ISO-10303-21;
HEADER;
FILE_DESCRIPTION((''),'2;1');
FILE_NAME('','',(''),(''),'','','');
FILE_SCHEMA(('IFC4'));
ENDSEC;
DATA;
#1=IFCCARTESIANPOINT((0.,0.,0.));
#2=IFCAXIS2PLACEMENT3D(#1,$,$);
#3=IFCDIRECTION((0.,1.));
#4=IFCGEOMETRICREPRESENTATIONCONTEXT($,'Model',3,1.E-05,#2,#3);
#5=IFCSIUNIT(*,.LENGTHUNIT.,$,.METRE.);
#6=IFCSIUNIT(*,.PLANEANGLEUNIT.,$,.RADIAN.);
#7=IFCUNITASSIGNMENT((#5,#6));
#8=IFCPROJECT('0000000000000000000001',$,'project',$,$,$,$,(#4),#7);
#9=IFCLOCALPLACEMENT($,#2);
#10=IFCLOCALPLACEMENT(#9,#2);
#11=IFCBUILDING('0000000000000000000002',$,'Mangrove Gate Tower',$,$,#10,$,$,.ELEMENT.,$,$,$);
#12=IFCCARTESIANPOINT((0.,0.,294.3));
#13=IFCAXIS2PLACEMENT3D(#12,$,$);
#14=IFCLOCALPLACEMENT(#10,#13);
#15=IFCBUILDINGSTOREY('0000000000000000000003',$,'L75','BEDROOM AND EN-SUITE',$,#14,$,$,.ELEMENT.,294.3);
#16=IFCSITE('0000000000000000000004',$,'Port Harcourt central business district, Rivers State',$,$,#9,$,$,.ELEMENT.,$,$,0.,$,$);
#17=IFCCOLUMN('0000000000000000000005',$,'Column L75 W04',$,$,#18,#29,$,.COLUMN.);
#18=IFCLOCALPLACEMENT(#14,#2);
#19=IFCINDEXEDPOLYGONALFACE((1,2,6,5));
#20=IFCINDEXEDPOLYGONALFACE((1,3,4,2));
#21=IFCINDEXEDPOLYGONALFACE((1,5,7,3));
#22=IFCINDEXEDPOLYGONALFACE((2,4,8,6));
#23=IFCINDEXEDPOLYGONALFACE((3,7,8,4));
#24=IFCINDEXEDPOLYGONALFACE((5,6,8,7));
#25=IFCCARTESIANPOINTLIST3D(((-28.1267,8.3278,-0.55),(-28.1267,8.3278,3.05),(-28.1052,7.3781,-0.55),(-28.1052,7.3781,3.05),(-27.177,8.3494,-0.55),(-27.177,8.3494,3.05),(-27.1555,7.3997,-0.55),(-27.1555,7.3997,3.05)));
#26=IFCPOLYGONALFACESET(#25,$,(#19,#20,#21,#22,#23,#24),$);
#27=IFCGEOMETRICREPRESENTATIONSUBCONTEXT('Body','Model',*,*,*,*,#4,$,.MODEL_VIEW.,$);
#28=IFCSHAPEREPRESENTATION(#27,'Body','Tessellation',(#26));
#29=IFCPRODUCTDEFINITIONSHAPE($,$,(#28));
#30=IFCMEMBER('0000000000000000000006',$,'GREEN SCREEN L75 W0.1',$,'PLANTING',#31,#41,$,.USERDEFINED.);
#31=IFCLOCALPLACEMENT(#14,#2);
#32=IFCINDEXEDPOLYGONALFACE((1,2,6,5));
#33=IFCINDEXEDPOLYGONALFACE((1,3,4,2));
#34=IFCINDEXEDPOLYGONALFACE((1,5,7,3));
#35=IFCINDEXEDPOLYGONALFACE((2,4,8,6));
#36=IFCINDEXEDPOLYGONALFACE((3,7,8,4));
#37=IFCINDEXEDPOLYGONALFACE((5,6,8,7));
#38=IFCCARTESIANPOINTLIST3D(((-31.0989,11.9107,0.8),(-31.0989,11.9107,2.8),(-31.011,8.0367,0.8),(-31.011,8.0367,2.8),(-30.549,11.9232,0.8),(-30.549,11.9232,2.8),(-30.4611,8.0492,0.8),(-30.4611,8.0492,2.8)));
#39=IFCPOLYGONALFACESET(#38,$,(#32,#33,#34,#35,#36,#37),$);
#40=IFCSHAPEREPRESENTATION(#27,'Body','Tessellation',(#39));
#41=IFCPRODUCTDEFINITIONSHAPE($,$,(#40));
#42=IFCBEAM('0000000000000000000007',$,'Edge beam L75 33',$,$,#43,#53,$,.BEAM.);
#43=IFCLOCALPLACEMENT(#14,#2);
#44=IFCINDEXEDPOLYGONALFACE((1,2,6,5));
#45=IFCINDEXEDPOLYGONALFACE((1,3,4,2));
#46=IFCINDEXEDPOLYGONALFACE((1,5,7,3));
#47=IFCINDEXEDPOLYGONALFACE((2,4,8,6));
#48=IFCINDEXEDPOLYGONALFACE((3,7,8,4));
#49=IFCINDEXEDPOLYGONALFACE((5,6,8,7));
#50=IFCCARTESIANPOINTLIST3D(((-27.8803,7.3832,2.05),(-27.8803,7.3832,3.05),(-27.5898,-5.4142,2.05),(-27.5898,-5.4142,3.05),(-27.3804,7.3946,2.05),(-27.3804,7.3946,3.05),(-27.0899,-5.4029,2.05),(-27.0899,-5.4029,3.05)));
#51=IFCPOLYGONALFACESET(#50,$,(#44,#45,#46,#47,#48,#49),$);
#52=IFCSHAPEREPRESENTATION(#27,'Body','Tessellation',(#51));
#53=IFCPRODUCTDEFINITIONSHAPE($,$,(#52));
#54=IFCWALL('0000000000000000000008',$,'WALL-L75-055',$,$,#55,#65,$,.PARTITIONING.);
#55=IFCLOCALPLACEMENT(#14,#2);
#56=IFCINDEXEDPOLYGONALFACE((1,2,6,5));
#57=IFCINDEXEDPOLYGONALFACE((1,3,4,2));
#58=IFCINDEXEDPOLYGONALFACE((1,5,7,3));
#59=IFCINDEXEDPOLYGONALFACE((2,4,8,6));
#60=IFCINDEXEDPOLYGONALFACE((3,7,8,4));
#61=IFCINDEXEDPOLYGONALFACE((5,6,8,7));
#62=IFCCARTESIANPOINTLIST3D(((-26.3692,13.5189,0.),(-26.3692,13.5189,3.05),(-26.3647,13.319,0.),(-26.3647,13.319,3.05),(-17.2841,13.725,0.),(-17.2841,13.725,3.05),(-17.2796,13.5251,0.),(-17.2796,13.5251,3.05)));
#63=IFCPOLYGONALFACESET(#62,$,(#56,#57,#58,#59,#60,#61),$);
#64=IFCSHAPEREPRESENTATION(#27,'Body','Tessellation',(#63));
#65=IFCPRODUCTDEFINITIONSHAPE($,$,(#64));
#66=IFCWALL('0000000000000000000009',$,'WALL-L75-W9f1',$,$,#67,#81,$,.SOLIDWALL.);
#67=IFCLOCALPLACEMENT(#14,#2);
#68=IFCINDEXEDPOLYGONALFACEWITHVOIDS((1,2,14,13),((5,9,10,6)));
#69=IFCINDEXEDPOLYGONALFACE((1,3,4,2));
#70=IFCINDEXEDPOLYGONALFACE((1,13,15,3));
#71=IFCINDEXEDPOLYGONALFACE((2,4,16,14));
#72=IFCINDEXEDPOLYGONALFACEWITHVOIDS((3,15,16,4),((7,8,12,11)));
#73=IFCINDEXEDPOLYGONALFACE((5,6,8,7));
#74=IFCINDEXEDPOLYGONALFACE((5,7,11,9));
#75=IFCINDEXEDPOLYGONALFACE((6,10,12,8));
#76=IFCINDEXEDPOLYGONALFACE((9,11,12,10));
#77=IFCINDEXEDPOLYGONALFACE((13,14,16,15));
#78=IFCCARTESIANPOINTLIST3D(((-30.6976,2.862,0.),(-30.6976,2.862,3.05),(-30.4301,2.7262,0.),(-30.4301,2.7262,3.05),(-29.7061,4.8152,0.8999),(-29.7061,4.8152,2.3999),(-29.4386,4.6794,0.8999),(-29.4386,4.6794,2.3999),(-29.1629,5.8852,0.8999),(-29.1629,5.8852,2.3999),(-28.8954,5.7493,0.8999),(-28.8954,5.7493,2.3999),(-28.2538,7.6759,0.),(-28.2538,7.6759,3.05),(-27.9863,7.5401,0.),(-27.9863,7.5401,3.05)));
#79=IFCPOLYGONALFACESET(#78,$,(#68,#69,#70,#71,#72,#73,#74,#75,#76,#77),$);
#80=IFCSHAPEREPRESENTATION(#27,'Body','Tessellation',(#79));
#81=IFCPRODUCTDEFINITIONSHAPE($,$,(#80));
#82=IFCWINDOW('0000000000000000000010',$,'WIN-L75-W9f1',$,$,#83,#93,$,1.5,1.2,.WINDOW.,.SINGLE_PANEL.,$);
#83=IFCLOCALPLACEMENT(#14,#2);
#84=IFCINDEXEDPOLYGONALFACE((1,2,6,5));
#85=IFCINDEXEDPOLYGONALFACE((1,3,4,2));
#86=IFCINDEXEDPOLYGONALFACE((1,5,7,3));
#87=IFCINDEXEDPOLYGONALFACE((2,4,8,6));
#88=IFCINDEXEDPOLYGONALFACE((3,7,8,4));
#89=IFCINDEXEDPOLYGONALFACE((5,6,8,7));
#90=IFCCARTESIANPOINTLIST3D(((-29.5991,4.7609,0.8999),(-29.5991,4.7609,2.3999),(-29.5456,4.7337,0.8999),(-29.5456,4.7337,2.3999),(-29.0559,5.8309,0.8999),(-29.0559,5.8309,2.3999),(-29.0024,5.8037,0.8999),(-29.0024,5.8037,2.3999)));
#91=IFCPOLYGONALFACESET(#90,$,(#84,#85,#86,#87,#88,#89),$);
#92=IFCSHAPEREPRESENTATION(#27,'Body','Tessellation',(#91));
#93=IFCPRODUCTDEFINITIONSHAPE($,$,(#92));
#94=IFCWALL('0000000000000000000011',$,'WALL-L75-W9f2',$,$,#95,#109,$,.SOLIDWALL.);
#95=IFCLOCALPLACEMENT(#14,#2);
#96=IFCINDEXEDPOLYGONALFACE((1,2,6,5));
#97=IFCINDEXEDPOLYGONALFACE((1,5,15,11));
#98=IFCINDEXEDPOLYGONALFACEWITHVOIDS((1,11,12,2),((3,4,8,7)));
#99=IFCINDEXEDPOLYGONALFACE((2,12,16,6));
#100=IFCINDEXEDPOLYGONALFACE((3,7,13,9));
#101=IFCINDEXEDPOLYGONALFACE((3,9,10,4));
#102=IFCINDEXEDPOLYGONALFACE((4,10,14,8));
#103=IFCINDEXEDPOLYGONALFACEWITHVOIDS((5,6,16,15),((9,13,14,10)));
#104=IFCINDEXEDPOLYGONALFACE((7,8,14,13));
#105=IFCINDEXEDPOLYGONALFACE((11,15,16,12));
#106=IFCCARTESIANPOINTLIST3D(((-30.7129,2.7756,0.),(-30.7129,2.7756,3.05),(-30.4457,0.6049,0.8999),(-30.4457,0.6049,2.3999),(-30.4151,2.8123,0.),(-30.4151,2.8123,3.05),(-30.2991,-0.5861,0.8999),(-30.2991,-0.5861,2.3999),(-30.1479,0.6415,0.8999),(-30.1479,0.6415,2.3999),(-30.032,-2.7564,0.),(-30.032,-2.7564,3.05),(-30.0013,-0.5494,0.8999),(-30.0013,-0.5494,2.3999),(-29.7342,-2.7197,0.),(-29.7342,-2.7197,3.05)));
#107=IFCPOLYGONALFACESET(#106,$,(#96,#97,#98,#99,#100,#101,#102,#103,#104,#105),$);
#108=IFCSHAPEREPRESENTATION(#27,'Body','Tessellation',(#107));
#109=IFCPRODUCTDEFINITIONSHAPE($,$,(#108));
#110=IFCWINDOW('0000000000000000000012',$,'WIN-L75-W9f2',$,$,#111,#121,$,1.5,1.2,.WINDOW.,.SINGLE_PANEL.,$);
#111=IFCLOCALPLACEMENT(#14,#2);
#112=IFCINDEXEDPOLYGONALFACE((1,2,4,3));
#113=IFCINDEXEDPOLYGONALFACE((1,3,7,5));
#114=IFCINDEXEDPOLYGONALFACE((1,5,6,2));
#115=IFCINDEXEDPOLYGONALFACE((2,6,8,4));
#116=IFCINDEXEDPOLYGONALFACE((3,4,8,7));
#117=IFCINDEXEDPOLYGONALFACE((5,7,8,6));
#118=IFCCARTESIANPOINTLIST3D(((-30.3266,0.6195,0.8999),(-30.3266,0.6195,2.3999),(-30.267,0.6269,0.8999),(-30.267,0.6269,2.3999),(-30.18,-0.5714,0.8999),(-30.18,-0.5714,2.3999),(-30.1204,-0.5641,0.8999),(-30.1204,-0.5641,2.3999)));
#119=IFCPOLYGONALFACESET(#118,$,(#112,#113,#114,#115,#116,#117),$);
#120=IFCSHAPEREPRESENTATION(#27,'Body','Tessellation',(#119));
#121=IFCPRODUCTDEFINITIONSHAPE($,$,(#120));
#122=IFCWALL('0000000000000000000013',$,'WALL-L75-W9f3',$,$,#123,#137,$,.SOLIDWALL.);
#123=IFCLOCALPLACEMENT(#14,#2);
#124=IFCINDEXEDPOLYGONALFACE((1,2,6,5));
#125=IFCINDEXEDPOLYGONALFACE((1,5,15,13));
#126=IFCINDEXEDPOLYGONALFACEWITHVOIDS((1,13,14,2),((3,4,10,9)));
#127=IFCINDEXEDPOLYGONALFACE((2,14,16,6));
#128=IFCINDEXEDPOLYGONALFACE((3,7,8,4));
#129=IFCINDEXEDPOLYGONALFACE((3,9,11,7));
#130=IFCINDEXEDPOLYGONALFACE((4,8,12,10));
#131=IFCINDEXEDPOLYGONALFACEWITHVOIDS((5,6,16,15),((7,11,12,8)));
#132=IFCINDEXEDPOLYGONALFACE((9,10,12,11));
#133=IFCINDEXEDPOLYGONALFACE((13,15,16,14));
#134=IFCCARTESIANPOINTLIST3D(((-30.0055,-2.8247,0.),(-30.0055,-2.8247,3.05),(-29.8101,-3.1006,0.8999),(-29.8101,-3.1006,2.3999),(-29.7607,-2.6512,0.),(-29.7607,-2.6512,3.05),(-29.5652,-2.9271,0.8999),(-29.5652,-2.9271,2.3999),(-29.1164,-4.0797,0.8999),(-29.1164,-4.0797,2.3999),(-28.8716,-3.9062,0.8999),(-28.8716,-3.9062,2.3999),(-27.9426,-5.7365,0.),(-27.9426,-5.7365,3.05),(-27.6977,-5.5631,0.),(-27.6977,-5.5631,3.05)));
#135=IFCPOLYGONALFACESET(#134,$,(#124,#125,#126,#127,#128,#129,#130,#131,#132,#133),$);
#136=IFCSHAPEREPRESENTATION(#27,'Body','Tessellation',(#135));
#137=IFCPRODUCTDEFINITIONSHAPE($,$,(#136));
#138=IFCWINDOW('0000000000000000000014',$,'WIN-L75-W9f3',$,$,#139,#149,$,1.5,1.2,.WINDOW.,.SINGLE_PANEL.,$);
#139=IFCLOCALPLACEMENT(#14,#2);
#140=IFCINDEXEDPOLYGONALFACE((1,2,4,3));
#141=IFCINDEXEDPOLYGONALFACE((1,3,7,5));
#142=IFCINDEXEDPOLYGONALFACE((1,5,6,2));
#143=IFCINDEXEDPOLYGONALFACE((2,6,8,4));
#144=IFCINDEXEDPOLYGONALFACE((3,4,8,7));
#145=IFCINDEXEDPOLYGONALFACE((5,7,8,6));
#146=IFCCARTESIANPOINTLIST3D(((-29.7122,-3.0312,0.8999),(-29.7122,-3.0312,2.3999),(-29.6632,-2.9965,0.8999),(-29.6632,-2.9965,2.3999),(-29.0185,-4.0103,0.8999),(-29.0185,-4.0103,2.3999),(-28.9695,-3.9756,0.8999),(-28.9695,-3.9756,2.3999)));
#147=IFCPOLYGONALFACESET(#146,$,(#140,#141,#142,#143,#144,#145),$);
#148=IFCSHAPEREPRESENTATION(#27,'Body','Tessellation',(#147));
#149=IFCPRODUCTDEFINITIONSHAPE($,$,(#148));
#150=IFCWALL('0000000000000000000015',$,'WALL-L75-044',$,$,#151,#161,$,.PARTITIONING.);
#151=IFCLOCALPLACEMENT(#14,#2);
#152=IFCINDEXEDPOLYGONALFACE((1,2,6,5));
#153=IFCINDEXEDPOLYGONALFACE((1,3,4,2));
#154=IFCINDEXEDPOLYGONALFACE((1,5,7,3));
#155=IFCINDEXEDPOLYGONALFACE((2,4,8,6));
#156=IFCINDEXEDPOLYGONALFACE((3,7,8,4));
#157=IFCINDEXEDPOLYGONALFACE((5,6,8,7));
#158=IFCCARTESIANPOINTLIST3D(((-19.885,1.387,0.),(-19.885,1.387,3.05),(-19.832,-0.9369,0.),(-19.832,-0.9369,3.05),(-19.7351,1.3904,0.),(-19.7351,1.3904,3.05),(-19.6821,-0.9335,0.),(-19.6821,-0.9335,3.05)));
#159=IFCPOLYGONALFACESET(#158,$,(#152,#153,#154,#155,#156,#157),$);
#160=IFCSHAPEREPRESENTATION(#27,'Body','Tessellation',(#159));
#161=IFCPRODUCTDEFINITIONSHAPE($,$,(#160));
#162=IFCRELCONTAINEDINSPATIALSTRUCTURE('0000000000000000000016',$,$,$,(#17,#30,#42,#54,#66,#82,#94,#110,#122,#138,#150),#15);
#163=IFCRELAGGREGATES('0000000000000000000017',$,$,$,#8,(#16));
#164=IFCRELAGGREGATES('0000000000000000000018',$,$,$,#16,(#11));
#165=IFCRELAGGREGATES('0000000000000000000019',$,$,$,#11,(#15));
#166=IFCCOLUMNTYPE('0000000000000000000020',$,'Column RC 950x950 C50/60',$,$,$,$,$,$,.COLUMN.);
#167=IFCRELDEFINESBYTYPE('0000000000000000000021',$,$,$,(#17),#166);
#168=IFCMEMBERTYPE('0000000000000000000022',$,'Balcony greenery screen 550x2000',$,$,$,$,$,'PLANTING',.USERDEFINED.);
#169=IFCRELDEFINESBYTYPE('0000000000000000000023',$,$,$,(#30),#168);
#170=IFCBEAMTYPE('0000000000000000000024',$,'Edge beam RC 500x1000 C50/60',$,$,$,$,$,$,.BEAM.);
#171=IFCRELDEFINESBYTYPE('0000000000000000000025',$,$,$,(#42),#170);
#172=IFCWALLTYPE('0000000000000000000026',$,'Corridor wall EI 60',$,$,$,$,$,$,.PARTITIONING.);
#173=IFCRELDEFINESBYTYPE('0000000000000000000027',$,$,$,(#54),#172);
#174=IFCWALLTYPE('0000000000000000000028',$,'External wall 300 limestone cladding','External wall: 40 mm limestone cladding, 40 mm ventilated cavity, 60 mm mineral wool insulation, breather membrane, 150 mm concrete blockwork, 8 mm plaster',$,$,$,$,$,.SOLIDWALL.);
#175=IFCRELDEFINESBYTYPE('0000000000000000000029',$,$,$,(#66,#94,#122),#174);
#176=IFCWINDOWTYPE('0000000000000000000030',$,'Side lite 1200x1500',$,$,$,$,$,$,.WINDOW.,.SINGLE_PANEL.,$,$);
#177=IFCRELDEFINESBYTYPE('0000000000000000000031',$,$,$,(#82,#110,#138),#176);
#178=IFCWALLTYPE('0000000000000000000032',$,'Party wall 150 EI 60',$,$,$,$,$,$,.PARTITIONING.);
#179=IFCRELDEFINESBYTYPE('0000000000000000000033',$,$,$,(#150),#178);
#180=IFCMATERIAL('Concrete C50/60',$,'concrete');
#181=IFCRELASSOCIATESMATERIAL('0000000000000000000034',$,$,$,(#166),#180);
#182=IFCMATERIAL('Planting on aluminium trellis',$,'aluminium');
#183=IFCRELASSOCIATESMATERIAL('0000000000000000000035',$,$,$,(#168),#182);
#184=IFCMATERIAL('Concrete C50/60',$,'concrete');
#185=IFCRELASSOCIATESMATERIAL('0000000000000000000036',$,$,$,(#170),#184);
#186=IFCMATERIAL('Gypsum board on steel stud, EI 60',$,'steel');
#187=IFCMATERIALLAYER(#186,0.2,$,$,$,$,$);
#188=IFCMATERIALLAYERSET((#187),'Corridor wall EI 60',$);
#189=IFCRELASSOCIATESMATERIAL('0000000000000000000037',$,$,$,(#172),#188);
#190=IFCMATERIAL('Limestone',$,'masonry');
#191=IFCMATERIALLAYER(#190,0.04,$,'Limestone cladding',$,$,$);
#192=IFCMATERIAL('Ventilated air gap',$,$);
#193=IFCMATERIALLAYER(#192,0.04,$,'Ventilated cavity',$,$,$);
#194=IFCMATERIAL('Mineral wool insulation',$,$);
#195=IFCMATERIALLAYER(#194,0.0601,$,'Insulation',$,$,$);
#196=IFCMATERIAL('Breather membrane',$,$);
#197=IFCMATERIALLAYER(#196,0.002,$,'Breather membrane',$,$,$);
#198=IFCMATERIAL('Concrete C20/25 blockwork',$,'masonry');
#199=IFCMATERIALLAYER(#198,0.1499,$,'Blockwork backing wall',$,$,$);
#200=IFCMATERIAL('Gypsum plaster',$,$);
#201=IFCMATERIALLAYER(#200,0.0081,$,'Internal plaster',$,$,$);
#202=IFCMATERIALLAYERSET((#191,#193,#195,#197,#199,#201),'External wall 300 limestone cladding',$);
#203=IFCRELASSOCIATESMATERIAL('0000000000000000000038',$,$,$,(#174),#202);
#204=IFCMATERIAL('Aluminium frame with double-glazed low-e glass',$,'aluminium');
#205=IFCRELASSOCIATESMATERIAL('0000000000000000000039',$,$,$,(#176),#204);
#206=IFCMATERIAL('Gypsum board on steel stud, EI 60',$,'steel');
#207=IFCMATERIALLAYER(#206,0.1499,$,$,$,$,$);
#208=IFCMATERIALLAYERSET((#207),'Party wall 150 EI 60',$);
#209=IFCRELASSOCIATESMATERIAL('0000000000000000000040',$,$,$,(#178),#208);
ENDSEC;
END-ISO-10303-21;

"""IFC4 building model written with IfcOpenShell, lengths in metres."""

from ifc_helpers import new_model, si_unit, direction, frame, frame_2d, origin, origin_2d, place, context, subcontext, project, spatial, rectangle, extrude, material, layer, layer_set, material_profile, profile_set, type_object, element, fill, save


model = new_model("IFC4")

# Units and contexts
model_context = context("Model", 3, precision=1e-05, world=origin(), true_north=direction((0.0, 1.0)))
body_context = subcontext(model_context, "Body", "Model", "MODEL_VIEW")
ifc_project = project(units=[si_unit("LENGTHUNIT", "METRE"), si_unit("PLANEANGLEUNIT", "RADIAN")], contexts=[model_context])

# Site, building, storey
site_placement = place(None, origin())
site = spatial("IfcSite", under=ifc_project, at=site_placement, Name="Port Harcourt central business district, Rivers State", CompositionType="ELEMENT", RefElevation=0.0)
building_placement = place(site_placement, origin())
building = spatial("IfcBuilding", under=site, at=building_placement, Name="Mangrove Gate Tower", CompositionType="ELEMENT")
storey_placement = place(building_placement, frame((0.0, 0.0, 294.3)))
storey = spatial("IfcBuildingStorey", under=building, at=storey_placement, Name="L75", Description="BEDROOM AND EN-SUITE", CompositionType="ELEMENT", Elevation=294.3)

# Column
ifc_material_1 = material(Name="Concrete C50/60", Category="concrete")
ifc_material_profile_1 = material_profile(ifc_material_1, rectangle(XDim=0.95, YDim=0.95, at=origin_2d()))
ifc_profile_set_1 = profile_set([ifc_material_profile_1], Name="Concrete C50/60")
column_type = type_object("IfcColumnType", Name="Column RC 950x950 C50/60", PredefinedType="COLUMN", material=ifc_profile_set_1)
column_placement = place(storey_placement, frame((-27.6411, 7.8638, -0.55), z_axis=(0.0, 0.0, 1.0), x_axis=(0.022688, -0.999743, 0.0)))
element("IfcColumn", 1, at=column_placement, inside=storey, type_object=column_type, Name="Column L75 W04", PredefinedType="COLUMN", context=body_context, shape_type="SweptSolid", body=[
    extrude(rectangle(XDim=0.95, YDim=0.95, at=origin_2d()), origin(), (0.0, 0.0, 1.0), 3.6001),
])

# Member
ifc_material_2 = material(Name="Planting on aluminium trellis", Category="aluminium")
ifc_material_profile_2 = material_profile(ifc_material_2, rectangle(XDim=0.55, YDim=2.0, at=origin_2d()))
ifc_profile_set_2 = profile_set([ifc_material_profile_2], Name="Planting on aluminium trellis")
member_type = type_object("IfcMemberType", Name="Balcony greenery screen 550x2000", ElementType="PLANTING", PredefinedType="USERDEFINED", material=ifc_profile_set_2)
member_placement = place(storey_placement, frame((-30.7361, 8.043, 1.8), z_axis=(-0.022681, 0.999743, 0.0), x_axis=(-0.999743, -0.022681, 0.0)))
element("IfcMember", 2, at=member_placement, inside=storey, type_object=member_type, Name="GREEN SCREEN L75 W0.1", ObjectType="PLANTING", PredefinedType="USERDEFINED", context=body_context, shape_type="SweptSolid", body=[
    extrude(rectangle(XDim=0.55, YDim=2.0, at=origin_2d()), origin(), (0.0, 0.0, 1.0), 3.875),
])

# Beam
ifc_material_3 = material(Name="Concrete C50/60", Category="concrete")
ifc_material_profile_3 = material_profile(ifc_material_3, rectangle(XDim=0.5, YDim=1.0, at=origin_2d()))
ifc_profile_set_3 = profile_set([ifc_material_profile_3], Name="Concrete C50/60")
beam_type = type_object("IfcBeamType", Name="Edge beam RC 500x1000 C50/60", PredefinedType="BEAM", material=ifc_profile_set_3)
beam_placement = place(storey_placement, frame((-27.6304, 7.3889, 2.55), z_axis=(0.022696, -0.999742, 0.0), x_axis=(0.999742, 0.022696, 0.0)))
element("IfcBeam", 3, at=beam_placement, inside=storey, type_object=beam_type, Name="Edge beam L75 33", PredefinedType="BEAM", context=body_context, shape_type="SweptSolid", body=[
    extrude(rectangle(XDim=0.5, YDim=1.0, at=origin_2d()), origin(), (0.0, 0.0, 1.0), 12.8008),
])

# Wall
ifc_material_4 = material(Name="Gypsum board on steel stud, EI 60", Category="steel")
ifc_layer_1 = layer(ifc_material_4, 0.2)
ifc_layer_set_1 = layer_set([ifc_layer_1], Name="Corridor wall EI 60")
wall_type_1 = type_object("IfcWallType", Name="Corridor wall EI 60", PredefinedType="PARTITIONING", material=ifc_layer_set_1)
wall_1_placement = place(storey_placement, frame((-26.3669, 13.4189, 0.0), z_axis=(0.0, 0.0, 1.0), x_axis=(0.999743, 0.022675, 0.0)))
element("IfcWall", 4, at=wall_1_placement, inside=storey, type_object=wall_type_1, Name="WALL-L75-055", PredefinedType="PARTITIONING", context=body_context, shape_type="SweptSolid", body=[
    extrude(rectangle(XDim=9.0874, YDim=0.2, at=frame_2d((4.5437, 0.0))), origin(), (0.0, 0.0, 1.0), 3.05),
])

# Walls, openings, windows
ifc_material_5 = material(Name="Limestone", Category="masonry")
ifc_layer_2 = layer(ifc_material_5, 0.04, Name="Limestone cladding")
ifc_material_6 = material(Name="Ventilated air gap")
ifc_layer_3 = layer(ifc_material_6, 0.04, Name="Ventilated cavity")
ifc_material_7 = material(Name="Mineral wool insulation")
ifc_layer_4 = layer(ifc_material_7, 0.0601, Name="Insulation")
ifc_material_8 = material(Name="Breather membrane")
ifc_layer_5 = layer(ifc_material_8, 0.002, Name="Breather membrane")
ifc_material_9 = material(Name="Concrete C20/25 blockwork", Category="masonry")
ifc_layer_6 = layer(ifc_material_9, 0.1499, Name="Blockwork backing wall")
ifc_material_10 = material(Name="Gypsum plaster")
ifc_layer_7 = layer(ifc_material_10, 0.0081, Name="Internal plaster")
ifc_layer_set_2 = layer_set([ifc_layer_2, ifc_layer_3, ifc_layer_4, ifc_layer_5, ifc_layer_6, ifc_layer_7], Name="External wall 300 limestone cladding")
wall_type_2 = type_object("IfcWallType", Name="External wall 300 limestone cladding", Description="External wall: 40 mm limestone cladding, 40 mm ventilated cavity, 60 mm mineral wool insulation, breather membrane, 150 mm concrete blockwork, 8 mm plaster", PredefinedType="SOLIDWALL", material=ifc_layer_set_2)
wall_2_placement = place(storey_placement, frame((-28.1201, 7.6079, 0.0), z_axis=(0.0, 0.0, 1.0), x_axis=(-0.452668, -0.891679, 0.0)))
wall_2 = element("IfcWall", 5, at=wall_2_placement, inside=storey, type_object=wall_type_2, Name="WALL-L75-W9f1", PredefinedType="SOLIDWALL", context=body_context, shape_type="SweptSolid", body=[
    extrude(rectangle(XDim=5.3987, YDim=0.3, at=frame_2d((2.6992, 0.0))), origin(), (0.0, 0.0, 1.0), 3.05),
])
opening_1_placement = place(wall_2_placement, frame((2.0081, 0.0, 0.8999)))
opening_1 = element("IfcOpeningElement", 6, at=opening_1_placement, cuts=wall_2, PredefinedType="OPENING", context=body_context, shape_type="SweptSolid", body=[
    extrude(rectangle(XDim=1.2, YDim=1.5, at=frame_2d((0.6001, 0.75))), frame((0.0, 0.1599, 0.0), z_axis=(0.0, -1.0, 0.0), x_axis=(1.0, 0.0, 0.0)), (0.0, 0.0, 1.0), 0.3201),
])
ifc_material_11 = material(Name="Aluminium frame with double-glazed low-e glass", Category="aluminium")
window_type = type_object("IfcWindowType", Name="Side lite 1200x1500", PartitioningType="SINGLE_PANEL", PredefinedType="WINDOW", material=ifc_material_11)
window_1_placement = place(opening_1_placement, origin())
window_1 = element("IfcWindow", 7, at=window_1_placement, inside=storey, type_object=window_type, Name="WIN-L75-W9f1", OverallHeight=1.5, OverallWidth=1.2, PartitioningType="SINGLE_PANEL", PredefinedType="WINDOW", context=body_context, shape_type="SweptSolid", body=[
    extrude(rectangle(XDim=1.2, YDim=1.5, at=frame_2d((0.6001, 0.75))), frame((0.0, 0.03, 0.0), z_axis=(0.0, -1.0, 0.0), x_axis=(1.0, 0.0, 0.0)), (0.0, 0.0, 1.0), 0.0601),
])
fill(opening_1, window_1)
wall_3_placement = place(storey_placement, frame((-30.564, 2.7939, 0.0), z_axis=(0.0, 0.0, 1.0), x_axis=(0.122164, -0.99251, 0.0)))
wall_3 = element("IfcWall", 8, at=wall_3_placement, inside=storey, type_object=wall_type_2, Name="WALL-L75-W9f2", PredefinedType="SOLIDWALL", context=body_context, shape_type="SweptSolid", body=[
    extrude(rectangle(XDim=5.5737, YDim=0.3, at=frame_2d((2.7869, 0.0))), origin(), (0.0, 0.0, 1.0), 3.05),
])
opening_2_placement = place(wall_3_placement, frame((2.187, 0.0, 0.8999)))
opening_2 = element("IfcOpeningElement", 9, at=opening_2_placement, cuts=wall_3, PredefinedType="OPENING", context=body_context, shape_type="SweptSolid", body=[
    extrude(rectangle(XDim=1.2, YDim=1.5, at=frame_2d((0.6001, 0.75))), frame((0.0, 0.1599, 0.0), z_axis=(0.0, -1.0, 0.0), x_axis=(1.0, 0.0, 0.0)), (0.0, 0.0, 1.0), 0.3201),
])
window_2_placement = place(opening_2_placement, origin())
window_2 = element("IfcWindow", 10, at=window_2_placement, inside=storey, type_object=window_type, Name="WIN-L75-W9f2", OverallHeight=1.5, OverallWidth=1.2, PartitioningType="SINGLE_PANEL", PredefinedType="WINDOW", context=body_context, shape_type="SweptSolid", body=[
    extrude(rectangle(XDim=1.2, YDim=1.5, at=frame_2d((0.6001, 0.75))), frame((0.0, 0.03, 0.0), z_axis=(0.0, -1.0, 0.0), x_axis=(1.0, 0.0, 0.0)), (0.0, 0.0, 1.0), 0.0601),
])
fill(opening_2, window_2)
wall_4_placement = place(storey_placement, frame((-29.8831, -2.738, 0.0), z_axis=(0.0, 0.0, 1.0), x_axis=(0.578095, -0.815969, 0.0)))
wall_4 = element("IfcWall", 11, at=wall_4_placement, inside=storey, type_object=wall_type_2, Name="WALL-L75-W9f3", PredefinedType="SOLIDWALL", context=body_context, shape_type="SweptSolid", body=[
    extrude(rectangle(XDim=3.5686, YDim=0.3, at=frame_2d((1.7842, 0.0))), origin(), (0.0, 0.0, 1.0), 3.05),
])
opening_3_placement = place(wall_4_placement, frame((0.3379, 0.0, 0.8999)))
opening_3 = element("IfcOpeningElement", 12, at=opening_3_placement, cuts=wall_4, PredefinedType="OPENING", context=body_context, shape_type="SweptSolid", body=[
    extrude(rectangle(XDim=1.2, YDim=1.5, at=frame_2d((0.6001, 0.75))), frame((0.0, 0.1599, 0.0), z_axis=(0.0, -1.0, 0.0), x_axis=(1.0, 0.0, 0.0)), (0.0, 0.0, 1.0), 0.3201),
])
window_3_placement = place(opening_3_placement, origin())
window_3 = element("IfcWindow", 13, at=window_3_placement, inside=storey, type_object=window_type, Name="WIN-L75-W9f3", OverallHeight=1.5, OverallWidth=1.2, PartitioningType="SINGLE_PANEL", PredefinedType="WINDOW", context=body_context, shape_type="SweptSolid", body=[
    extrude(rectangle(XDim=1.2, YDim=1.5, at=frame_2d((0.6001, 0.75))), frame((0.0, 0.03, 0.0), z_axis=(0.0, -1.0, 0.0), x_axis=(1.0, 0.0, 0.0)), (0.0, 0.0, 1.0), 0.0601),
])
fill(opening_3, window_3)

# Wall
ifc_material_12 = material(Name="Gypsum board on steel stud, EI 60", Category="steel")
ifc_layer_8 = layer(ifc_material_12, 0.1499)
ifc_layer_set_3 = layer_set([ifc_layer_8], Name="Party wall 150 EI 60")
wall_type_3 = type_object("IfcWallType", Name="Party wall 150 EI 60", PredefinedType="PARTITIONING", material=ifc_layer_set_3)
wall_5_placement = place(storey_placement, frame((-19.7571, -0.9351, 0.0), z_axis=(0.0, 0.0, 1.0), x_axis=(-0.022791, 0.99974, 0.0)))
element("IfcWall", 14, at=wall_5_placement, inside=storey, type_object=wall_type_3, Name="WALL-L75-044", PredefinedType="PARTITIONING", context=body_context, shape_type="SweptSolid", body=[
    extrude(rectangle(XDim=2.3245, YDim=0.1499, at=frame_2d((1.1621, 0.0))), origin(), (0.0, 0.0, 1.0), 3.05),
])

save(model, "model.ifc")
